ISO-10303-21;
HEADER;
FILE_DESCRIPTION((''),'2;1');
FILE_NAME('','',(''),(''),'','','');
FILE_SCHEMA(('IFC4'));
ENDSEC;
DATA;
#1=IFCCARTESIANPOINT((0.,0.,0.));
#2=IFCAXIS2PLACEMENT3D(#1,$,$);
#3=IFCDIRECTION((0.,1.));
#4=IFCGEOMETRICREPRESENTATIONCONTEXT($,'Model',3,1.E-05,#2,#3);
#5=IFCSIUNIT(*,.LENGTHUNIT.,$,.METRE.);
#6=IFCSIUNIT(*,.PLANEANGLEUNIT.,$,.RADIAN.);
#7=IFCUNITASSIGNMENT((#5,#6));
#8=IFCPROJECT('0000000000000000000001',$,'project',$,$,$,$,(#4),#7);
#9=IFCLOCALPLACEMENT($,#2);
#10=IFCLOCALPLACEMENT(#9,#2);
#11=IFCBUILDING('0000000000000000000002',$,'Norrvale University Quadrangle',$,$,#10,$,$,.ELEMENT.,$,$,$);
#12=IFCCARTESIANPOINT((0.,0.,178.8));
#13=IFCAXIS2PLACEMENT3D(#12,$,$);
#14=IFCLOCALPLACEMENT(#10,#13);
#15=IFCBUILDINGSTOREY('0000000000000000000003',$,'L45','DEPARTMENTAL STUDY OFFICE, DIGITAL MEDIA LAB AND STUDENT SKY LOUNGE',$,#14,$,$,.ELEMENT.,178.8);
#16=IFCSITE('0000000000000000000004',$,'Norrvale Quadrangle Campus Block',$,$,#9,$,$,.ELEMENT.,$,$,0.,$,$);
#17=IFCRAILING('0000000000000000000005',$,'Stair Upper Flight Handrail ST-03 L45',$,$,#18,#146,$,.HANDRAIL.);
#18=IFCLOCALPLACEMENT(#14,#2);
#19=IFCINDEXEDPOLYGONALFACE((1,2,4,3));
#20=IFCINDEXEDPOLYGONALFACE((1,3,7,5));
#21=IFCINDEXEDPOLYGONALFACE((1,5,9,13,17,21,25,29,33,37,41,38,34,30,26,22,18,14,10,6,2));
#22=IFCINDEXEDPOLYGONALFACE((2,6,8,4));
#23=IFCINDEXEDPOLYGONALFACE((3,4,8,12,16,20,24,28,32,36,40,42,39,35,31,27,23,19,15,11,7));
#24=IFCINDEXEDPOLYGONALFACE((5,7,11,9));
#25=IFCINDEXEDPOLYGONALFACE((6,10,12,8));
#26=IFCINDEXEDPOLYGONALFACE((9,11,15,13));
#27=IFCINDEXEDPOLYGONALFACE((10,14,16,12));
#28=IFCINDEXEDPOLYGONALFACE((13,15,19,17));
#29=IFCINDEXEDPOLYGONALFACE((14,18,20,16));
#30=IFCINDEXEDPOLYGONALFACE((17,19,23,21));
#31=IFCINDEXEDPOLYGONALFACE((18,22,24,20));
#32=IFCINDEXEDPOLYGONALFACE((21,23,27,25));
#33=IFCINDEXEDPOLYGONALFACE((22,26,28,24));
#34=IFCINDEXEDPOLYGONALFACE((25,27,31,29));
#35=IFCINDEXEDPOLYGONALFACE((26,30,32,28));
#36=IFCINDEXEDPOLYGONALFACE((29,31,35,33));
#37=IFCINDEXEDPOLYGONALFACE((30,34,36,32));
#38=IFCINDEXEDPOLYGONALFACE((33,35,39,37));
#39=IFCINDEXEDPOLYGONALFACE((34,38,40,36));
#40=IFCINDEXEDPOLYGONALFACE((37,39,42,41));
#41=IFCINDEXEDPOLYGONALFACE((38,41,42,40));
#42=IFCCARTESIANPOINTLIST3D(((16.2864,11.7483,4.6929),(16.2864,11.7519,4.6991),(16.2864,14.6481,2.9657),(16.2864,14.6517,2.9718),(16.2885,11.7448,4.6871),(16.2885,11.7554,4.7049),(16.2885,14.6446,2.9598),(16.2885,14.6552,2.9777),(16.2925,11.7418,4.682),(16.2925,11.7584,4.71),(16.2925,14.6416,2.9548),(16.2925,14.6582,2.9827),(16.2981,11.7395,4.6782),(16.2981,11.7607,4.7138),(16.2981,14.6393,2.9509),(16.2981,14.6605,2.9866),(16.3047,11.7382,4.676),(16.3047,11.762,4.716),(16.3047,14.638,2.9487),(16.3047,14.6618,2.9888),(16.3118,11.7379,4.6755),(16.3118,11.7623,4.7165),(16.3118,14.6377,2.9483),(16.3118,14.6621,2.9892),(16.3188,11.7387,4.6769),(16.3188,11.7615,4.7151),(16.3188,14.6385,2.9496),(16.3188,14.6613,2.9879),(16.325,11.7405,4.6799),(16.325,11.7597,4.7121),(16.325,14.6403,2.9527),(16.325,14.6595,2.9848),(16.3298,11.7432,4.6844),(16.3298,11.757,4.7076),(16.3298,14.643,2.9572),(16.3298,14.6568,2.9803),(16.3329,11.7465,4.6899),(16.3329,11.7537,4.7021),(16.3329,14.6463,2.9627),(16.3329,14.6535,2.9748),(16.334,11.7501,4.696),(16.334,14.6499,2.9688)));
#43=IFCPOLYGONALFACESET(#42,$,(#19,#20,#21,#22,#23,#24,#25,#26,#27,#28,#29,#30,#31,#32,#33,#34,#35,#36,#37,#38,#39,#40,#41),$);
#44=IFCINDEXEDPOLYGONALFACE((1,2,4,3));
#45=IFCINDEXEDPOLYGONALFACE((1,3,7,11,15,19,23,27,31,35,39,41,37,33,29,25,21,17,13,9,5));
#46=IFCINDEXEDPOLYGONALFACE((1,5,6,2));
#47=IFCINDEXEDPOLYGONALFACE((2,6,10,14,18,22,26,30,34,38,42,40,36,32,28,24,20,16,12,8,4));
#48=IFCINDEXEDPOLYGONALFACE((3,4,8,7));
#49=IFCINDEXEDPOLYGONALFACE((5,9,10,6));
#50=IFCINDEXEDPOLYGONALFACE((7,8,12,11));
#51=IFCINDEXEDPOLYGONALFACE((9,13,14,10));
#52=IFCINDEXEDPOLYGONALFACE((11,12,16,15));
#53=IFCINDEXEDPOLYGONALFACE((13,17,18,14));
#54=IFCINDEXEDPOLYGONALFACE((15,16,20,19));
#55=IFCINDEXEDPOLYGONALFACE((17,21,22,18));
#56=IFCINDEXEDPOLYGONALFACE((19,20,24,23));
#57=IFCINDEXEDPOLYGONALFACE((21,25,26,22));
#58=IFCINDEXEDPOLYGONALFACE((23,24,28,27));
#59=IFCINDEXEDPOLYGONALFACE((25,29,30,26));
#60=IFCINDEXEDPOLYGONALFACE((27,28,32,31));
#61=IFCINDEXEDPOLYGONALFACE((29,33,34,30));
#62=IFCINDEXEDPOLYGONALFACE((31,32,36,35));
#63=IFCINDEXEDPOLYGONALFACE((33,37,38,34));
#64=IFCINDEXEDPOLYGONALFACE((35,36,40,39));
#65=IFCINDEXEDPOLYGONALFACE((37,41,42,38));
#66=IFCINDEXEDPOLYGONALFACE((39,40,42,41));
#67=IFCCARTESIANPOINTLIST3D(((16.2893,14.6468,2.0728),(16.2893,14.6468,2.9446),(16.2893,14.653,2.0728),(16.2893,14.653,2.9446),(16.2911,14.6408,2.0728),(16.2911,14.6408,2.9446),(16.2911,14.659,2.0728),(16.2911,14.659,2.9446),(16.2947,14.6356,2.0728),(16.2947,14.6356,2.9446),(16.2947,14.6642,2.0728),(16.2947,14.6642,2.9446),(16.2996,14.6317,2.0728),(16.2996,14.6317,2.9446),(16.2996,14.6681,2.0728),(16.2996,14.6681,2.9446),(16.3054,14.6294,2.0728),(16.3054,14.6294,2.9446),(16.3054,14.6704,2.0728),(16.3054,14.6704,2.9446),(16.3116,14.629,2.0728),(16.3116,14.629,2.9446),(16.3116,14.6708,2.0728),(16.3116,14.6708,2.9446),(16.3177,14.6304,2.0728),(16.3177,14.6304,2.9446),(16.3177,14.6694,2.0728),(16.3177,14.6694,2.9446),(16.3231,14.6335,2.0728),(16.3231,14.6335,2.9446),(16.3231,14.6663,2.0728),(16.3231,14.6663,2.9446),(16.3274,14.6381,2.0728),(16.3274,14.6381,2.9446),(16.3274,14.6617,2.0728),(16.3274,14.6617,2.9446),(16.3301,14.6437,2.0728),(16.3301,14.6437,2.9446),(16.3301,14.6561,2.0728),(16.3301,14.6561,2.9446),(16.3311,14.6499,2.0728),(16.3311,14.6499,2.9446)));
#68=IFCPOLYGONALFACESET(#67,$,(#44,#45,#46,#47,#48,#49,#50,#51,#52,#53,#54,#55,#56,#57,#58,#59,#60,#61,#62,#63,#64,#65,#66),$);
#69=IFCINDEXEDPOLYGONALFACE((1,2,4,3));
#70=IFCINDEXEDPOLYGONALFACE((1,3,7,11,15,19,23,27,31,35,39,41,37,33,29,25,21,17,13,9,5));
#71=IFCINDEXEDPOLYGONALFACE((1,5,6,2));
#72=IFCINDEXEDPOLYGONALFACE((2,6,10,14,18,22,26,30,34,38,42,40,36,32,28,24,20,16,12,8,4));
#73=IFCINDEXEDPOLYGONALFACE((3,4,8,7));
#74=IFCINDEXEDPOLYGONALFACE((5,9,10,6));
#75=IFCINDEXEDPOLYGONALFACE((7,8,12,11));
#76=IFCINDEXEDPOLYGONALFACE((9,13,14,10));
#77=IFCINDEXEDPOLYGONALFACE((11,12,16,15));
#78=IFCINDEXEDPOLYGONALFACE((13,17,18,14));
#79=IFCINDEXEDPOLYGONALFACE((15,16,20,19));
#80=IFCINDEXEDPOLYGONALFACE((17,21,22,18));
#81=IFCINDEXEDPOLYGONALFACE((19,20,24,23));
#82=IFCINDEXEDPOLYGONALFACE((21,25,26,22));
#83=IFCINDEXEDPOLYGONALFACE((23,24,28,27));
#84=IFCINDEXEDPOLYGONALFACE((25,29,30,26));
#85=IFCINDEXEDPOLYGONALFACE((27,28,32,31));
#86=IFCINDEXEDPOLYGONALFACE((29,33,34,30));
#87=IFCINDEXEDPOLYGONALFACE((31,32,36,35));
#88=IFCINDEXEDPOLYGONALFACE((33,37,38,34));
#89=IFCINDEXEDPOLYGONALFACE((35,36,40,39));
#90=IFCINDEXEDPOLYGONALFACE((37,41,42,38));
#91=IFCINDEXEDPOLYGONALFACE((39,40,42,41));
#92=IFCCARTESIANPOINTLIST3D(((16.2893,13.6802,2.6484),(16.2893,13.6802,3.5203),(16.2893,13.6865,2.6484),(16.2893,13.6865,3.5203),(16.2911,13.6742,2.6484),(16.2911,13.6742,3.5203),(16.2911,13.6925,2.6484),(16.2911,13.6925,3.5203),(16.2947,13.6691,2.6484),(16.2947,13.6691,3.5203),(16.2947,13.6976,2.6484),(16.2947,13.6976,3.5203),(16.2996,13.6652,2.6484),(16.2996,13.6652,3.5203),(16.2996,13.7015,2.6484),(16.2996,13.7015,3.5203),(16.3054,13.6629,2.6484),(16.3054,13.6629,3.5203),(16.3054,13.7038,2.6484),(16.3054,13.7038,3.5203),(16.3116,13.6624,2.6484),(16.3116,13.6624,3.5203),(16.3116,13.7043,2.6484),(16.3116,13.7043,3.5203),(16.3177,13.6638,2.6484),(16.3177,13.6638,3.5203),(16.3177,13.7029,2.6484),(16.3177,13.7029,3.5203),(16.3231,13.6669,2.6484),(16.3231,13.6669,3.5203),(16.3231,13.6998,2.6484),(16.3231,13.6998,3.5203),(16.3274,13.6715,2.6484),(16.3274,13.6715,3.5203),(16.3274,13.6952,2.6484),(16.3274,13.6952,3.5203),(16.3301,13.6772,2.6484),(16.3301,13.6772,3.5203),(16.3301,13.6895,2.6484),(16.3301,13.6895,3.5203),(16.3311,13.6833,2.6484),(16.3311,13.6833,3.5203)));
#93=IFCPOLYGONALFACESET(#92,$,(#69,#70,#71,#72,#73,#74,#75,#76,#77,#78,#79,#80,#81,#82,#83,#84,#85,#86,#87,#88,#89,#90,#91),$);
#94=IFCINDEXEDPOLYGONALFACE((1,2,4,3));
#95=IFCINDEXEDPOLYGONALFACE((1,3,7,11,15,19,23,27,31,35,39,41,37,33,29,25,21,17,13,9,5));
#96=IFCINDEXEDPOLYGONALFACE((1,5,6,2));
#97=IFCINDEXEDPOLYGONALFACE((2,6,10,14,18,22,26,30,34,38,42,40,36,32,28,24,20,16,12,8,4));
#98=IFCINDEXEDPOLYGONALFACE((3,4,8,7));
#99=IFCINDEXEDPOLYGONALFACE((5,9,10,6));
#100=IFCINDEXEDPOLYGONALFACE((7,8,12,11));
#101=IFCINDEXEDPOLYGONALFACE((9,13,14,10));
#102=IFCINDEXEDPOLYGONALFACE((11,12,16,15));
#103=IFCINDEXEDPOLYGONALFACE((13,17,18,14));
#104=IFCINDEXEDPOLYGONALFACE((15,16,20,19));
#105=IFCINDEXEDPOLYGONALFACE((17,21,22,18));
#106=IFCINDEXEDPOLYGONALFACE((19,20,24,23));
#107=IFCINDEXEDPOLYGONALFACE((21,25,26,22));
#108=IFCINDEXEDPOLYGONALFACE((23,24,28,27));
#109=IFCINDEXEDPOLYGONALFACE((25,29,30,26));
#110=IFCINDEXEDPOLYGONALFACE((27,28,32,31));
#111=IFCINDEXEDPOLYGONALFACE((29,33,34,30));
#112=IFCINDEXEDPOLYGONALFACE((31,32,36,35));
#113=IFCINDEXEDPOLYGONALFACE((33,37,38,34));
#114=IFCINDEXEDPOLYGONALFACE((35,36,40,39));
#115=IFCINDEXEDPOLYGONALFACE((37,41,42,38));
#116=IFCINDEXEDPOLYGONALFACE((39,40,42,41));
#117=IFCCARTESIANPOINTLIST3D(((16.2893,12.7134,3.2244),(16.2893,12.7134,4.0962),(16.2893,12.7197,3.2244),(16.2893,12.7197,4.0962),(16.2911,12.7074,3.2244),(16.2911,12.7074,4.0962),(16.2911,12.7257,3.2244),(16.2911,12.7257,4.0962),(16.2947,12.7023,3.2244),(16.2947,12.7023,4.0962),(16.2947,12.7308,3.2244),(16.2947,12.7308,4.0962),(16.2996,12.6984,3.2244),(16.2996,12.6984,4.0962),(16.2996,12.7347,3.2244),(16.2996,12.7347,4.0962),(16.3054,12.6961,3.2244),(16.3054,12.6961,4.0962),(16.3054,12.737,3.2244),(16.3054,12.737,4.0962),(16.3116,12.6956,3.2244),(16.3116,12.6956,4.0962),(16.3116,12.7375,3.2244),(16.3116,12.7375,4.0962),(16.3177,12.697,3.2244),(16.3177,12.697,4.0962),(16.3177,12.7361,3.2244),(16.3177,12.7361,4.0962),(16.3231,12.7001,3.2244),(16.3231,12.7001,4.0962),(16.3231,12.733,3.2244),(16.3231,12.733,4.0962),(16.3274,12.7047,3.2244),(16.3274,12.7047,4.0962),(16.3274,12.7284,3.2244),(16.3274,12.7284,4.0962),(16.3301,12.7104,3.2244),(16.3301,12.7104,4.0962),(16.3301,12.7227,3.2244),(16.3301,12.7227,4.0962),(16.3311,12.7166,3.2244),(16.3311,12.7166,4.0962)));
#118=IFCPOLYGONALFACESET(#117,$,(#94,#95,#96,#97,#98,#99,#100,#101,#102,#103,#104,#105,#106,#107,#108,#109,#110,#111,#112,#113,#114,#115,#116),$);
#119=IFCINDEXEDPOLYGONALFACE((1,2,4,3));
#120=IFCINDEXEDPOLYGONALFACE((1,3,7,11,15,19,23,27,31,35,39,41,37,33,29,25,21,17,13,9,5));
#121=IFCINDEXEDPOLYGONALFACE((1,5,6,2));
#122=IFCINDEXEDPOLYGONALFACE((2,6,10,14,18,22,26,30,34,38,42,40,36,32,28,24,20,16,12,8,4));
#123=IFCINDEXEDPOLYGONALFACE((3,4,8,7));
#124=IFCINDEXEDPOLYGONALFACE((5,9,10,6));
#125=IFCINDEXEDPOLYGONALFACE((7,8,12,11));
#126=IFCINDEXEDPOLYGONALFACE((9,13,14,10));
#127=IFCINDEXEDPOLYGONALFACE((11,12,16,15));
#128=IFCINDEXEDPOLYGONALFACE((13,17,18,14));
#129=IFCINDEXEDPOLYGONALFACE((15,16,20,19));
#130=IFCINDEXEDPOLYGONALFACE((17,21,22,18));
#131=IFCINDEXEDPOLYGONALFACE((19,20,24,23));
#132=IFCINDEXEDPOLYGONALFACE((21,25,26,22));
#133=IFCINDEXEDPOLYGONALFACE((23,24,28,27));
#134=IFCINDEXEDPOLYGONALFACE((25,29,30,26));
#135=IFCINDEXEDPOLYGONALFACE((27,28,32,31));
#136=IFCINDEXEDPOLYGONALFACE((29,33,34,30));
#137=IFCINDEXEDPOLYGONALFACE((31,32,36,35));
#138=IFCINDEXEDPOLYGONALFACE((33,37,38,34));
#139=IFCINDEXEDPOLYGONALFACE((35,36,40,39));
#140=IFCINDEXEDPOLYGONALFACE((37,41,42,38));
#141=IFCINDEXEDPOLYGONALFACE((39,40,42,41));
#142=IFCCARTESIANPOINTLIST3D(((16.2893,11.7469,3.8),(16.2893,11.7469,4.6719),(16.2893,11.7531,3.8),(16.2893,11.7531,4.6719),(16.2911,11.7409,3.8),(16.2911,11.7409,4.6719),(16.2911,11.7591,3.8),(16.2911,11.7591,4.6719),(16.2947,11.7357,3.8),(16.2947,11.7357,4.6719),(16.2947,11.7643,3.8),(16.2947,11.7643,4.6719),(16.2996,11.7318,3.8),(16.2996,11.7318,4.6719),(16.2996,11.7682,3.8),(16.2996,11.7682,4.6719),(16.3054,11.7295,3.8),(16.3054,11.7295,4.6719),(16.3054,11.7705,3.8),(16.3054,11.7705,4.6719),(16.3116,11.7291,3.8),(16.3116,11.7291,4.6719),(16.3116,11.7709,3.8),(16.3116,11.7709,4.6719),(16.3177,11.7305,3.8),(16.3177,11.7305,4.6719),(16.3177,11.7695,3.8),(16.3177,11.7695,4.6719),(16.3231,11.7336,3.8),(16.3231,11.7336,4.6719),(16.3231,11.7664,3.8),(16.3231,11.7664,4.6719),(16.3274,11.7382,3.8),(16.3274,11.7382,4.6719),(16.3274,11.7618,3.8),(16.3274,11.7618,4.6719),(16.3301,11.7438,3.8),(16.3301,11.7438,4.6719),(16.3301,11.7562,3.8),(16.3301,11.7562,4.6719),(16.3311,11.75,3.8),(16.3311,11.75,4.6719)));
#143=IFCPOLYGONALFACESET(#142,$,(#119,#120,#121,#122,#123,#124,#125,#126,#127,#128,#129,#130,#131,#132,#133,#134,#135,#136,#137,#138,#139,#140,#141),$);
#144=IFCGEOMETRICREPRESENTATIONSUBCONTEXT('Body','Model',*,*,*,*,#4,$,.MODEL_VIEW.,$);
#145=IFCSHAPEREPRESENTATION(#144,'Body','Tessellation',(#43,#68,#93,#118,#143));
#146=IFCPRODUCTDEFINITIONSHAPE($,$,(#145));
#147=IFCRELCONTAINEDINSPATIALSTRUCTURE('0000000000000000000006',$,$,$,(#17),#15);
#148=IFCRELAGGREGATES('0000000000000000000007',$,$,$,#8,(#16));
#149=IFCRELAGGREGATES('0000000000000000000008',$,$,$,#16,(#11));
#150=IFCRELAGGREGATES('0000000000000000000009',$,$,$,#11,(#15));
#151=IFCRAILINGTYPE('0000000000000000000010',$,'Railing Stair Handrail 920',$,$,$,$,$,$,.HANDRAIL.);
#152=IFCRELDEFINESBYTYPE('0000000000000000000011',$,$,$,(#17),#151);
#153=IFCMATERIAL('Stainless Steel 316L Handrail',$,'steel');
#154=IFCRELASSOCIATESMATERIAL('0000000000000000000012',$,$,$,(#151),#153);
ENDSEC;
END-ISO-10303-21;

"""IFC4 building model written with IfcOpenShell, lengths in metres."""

from ifc_helpers import new_model, si_unit, direction, frame, origin, origin_2d, place, context, subcontext, project, spatial, circle, extrude, material, type_object, element, save


model = new_model("IFC4")

# Units and contexts
model_context = context("Model", 3, precision=1e-05, world=origin(), true_north=direction((0.0, 1.0)))
body_context = subcontext(model_context, "Body", "Model", "MODEL_VIEW")
ifc_project = project(units=[si_unit("LENGTHUNIT", "METRE"), si_unit("PLANEANGLEUNIT", "RADIAN")], contexts=[model_context])

# Site, building, storey
site_placement = place(None, origin())
site = spatial("IfcSite", under=ifc_project, at=site_placement, Name="Norrvale Quadrangle Campus Block", CompositionType="ELEMENT", RefElevation=0.0)
building_placement = place(site_placement, origin())
building = spatial("IfcBuilding", under=site, at=building_placement, Name="Norrvale University Quadrangle", CompositionType="ELEMENT")
storey_placement = place(building_placement, frame((0.0, 0.0, 178.8)))
storey = spatial("IfcBuildingStorey", under=building, at=storey_placement, Name="L45", Description="DEPARTMENTAL STUDY OFFICE, DIGITAL MEDIA LAB AND STUDENT SKY LOUNGE", CompositionType="ELEMENT", Elevation=178.8)

# Railing
ifc_material_1 = material(Name="Stainless Steel 316L Handrail", Category="steel")
railing_type_1 = type_object("IfcRailingType", Name="Railing Stair Handrail 920", PredefinedType="HANDRAIL", material=ifc_material_1)
railing_1_placement = place(storey_placement, frame((16.3101, 14.6499, 2.0728)))
element("IfcRailing", 1, at=railing_1_placement, inside=storey, type_object=railing_type_1, Name="Stair Upper Flight Handrail ST-03 L45", PredefinedType="HANDRAIL", context=body_context, shape_type="SweptSolid", body=[
    extrude(circle(Radius=0.0239, at=origin_2d()), frame((0.0, 0.0, 0.896), z_axis=(0.0, -0.859141, 0.511738), x_axis=(1.0, 0.0, 0.0)), (0.0, 0.0, 1.0), 3.3752),
    extrude(circle(Radius=0.021, at=origin_2d()), origin(), (0.0, 0.0, 1.0), 0.8718),
    extrude(circle(Radius=0.021, at=origin_2d()), frame((0.0, -0.9666, 0.5757)), (0.0, 0.0, 1.0), 0.8718),
    extrude(circle(Radius=0.021, at=origin_2d()), frame((0.0, -1.9333, 1.1516)), (0.0, 0.0, 1.0), 0.8718),
    extrude(circle(Radius=0.021, at=origin_2d()), frame((0.0, -2.8999, 1.7273)), (0.0, 0.0, 1.0), 0.8718),
])

save(model, "model.ifc")
